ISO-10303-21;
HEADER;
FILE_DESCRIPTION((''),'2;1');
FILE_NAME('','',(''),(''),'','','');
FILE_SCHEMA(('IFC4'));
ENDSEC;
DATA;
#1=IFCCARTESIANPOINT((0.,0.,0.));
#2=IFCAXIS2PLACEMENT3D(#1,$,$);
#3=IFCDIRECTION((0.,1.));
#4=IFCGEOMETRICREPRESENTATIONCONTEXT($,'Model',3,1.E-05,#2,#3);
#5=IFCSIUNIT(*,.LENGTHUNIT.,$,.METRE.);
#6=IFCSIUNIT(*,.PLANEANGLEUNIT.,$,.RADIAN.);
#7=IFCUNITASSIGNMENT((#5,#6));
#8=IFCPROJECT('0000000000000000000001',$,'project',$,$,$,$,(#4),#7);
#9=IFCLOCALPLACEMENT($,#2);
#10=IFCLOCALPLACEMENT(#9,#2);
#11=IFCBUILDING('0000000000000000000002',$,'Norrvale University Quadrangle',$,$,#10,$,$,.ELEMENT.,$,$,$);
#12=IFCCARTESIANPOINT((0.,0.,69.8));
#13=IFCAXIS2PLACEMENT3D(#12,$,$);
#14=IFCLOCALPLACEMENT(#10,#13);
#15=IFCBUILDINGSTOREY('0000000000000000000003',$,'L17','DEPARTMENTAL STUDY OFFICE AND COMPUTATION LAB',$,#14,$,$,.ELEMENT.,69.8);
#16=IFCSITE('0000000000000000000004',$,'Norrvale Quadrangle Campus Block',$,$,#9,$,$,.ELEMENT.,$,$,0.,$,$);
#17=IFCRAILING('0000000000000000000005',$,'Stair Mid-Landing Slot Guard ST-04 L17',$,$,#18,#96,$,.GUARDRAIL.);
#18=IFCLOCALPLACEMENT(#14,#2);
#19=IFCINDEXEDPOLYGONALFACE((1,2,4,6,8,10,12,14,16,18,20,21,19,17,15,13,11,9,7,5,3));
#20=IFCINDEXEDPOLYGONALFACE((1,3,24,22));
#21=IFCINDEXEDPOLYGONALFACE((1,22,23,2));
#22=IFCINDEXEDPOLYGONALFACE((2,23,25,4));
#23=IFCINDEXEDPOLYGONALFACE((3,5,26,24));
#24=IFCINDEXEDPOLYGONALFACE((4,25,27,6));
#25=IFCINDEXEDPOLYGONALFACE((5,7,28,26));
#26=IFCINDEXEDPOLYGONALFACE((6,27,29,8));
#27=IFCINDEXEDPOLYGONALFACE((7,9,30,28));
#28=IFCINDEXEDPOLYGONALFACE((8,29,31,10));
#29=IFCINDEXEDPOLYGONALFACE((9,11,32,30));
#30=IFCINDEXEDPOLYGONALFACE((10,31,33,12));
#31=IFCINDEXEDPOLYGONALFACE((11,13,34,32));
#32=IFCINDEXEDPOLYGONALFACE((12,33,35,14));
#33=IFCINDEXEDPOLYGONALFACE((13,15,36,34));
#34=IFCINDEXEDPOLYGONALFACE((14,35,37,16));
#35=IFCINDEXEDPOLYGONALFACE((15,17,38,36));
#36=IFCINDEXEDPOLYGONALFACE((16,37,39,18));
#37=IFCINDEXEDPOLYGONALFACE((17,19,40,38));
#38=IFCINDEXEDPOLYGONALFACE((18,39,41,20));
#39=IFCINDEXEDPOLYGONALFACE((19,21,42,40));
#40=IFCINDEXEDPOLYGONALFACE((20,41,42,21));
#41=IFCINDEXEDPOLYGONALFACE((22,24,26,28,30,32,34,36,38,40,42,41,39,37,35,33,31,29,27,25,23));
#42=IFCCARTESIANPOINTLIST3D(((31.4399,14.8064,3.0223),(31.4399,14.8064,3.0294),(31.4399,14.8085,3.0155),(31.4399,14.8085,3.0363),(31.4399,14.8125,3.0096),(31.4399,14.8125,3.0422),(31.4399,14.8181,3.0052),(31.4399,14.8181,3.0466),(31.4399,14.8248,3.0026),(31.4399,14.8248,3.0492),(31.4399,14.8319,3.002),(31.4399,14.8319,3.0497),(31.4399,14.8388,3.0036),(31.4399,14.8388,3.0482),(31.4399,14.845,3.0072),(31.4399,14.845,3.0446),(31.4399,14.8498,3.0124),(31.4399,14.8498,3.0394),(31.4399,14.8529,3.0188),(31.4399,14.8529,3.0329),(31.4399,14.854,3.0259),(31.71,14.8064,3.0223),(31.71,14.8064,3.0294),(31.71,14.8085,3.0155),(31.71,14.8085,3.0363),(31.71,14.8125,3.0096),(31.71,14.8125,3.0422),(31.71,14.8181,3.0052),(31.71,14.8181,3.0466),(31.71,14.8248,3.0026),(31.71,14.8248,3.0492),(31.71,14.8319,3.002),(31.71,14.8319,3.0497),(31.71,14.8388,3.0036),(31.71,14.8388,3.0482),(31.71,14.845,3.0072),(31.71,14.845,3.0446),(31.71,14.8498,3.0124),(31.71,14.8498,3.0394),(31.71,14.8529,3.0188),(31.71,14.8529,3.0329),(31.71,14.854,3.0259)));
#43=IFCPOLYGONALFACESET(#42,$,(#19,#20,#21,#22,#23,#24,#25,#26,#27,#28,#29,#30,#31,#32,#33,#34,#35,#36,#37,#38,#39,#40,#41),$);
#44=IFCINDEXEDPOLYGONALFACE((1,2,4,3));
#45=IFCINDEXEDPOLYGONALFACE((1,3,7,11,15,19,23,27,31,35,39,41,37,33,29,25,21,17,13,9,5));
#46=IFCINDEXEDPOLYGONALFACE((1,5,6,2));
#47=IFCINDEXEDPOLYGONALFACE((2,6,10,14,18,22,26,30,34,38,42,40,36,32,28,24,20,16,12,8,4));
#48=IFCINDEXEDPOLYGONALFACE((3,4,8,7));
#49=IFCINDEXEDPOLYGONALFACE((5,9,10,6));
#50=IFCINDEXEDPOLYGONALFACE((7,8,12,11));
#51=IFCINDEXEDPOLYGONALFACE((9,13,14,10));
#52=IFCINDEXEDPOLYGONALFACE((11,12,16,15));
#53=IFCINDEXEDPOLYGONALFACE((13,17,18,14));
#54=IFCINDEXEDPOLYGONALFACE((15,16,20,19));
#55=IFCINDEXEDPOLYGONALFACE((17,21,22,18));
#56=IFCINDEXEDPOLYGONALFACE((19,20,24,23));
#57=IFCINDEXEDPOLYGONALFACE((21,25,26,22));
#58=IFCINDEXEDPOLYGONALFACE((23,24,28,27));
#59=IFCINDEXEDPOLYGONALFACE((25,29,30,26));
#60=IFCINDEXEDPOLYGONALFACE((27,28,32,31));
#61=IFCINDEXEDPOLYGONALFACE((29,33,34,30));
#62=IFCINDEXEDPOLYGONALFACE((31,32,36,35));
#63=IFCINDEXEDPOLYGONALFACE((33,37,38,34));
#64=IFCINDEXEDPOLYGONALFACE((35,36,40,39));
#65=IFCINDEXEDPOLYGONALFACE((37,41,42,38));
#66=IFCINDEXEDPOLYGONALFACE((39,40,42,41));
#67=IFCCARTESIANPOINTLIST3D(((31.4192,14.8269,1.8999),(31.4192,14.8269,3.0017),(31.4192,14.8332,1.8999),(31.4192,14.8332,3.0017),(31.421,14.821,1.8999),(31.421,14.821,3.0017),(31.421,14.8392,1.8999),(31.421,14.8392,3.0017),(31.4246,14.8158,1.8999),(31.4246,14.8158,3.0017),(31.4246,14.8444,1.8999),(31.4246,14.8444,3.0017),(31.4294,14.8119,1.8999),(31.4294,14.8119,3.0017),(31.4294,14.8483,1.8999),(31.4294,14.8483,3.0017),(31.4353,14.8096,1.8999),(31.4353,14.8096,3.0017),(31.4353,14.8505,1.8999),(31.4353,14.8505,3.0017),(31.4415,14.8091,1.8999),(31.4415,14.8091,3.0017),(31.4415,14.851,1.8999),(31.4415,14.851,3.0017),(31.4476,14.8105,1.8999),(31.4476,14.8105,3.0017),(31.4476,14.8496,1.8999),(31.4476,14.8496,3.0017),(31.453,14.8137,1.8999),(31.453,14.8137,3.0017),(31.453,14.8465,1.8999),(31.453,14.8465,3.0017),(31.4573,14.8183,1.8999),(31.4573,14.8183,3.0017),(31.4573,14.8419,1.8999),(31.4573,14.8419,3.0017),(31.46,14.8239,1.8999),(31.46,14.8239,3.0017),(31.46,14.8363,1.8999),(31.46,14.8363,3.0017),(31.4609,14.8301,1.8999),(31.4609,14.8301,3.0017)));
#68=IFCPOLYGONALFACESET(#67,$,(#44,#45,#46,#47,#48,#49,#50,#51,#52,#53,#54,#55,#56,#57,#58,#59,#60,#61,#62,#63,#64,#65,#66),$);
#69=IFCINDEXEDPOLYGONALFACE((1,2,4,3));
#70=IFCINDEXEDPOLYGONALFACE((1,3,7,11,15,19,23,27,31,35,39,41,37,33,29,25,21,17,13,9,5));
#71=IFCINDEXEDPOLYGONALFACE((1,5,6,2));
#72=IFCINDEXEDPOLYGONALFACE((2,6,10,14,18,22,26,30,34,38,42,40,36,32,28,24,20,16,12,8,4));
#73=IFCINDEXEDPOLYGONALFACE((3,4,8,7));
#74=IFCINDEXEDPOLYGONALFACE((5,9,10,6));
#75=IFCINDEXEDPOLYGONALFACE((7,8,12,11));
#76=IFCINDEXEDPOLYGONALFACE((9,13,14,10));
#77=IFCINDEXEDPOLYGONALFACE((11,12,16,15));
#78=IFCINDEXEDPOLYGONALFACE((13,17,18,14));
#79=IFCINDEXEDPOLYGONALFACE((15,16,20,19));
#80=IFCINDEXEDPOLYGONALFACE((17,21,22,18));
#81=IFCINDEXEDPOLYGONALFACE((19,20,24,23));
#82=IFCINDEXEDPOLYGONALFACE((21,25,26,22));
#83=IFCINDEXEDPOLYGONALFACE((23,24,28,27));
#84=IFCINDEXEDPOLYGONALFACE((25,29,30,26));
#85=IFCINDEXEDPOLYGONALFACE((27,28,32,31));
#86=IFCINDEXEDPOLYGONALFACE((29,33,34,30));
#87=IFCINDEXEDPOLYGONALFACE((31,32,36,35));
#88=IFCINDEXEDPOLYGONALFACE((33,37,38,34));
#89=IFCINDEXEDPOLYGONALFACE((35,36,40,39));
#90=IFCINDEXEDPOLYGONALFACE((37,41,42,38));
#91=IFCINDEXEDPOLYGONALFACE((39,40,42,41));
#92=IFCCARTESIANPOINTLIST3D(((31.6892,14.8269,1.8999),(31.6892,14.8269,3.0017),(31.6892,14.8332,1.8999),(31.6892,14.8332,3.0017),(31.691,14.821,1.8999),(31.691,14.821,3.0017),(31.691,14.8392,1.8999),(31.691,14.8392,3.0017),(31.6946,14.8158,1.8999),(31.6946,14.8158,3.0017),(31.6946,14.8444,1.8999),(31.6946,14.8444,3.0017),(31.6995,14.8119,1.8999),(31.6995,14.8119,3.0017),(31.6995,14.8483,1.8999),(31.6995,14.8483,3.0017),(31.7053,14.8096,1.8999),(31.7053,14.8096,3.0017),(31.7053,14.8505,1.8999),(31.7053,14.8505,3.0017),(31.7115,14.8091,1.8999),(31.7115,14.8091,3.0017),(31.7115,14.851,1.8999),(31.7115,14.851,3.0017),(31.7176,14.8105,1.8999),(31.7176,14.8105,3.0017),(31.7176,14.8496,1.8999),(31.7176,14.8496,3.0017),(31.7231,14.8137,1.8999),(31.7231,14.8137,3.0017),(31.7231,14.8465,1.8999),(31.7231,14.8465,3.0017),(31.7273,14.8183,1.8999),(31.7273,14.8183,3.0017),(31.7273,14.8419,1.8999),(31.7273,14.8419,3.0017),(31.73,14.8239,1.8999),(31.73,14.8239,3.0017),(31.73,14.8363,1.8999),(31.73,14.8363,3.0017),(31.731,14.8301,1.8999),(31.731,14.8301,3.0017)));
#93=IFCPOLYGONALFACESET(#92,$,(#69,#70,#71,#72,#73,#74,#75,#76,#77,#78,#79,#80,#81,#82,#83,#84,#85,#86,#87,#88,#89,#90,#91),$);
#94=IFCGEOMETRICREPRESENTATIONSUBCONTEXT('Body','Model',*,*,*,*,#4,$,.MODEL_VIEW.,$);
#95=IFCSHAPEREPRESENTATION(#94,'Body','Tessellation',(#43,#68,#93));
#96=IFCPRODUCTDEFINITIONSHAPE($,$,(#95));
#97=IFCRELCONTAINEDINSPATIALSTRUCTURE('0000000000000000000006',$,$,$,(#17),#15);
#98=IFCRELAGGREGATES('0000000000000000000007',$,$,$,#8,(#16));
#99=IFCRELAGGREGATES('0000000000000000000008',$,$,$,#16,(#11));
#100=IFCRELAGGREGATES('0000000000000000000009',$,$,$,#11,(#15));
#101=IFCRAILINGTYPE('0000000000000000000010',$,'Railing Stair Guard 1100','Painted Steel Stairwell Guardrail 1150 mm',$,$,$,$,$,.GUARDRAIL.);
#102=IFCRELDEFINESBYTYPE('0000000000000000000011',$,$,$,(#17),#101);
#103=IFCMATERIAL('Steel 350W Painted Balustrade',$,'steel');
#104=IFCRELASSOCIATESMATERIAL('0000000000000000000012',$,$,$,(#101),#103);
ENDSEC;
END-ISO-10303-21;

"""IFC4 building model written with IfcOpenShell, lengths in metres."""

from ifc_helpers import new_model, si_unit, direction, frame, origin, origin_2d, place, context, subcontext, project, spatial, circle, extrude, material, type_object, element, save


model = new_model("IFC4")

# Units and contexts
model_context = context("Model", 3, precision=1e-05, world=origin(), true_north=direction((0.0, 1.0)))
body_context = subcontext(model_context, "Body", "Model", "MODEL_VIEW")
ifc_project = project(units=[si_unit("LENGTHUNIT", "METRE"), si_unit("PLANEANGLEUNIT", "RADIAN")], contexts=[model_context])

# Site, building, storey
site_placement = place(None, origin())
site = spatial("IfcSite", under=ifc_project, at=site_placement, Name="Norrvale Quadrangle Campus Block", CompositionType="ELEMENT", RefElevation=0.0)
building_placement = place(site_placement, origin())
building = spatial("IfcBuilding", under=site, at=building_placement, Name="Norrvale University Quadrangle", CompositionType="ELEMENT")
storey_placement = place(building_placement, frame((0.0, 0.0, 69.8)))
storey = spatial("IfcBuildingStorey", under=building, at=storey_placement, Name="L17", Description="DEPARTMENTAL STUDY OFFICE AND COMPUTATION LAB", CompositionType="ELEMENT", Elevation=69.8)

# Railing
ifc_material_1 = material(Name="Steel 350W Painted Balustrade", Category="steel")
railing_type_1 = type_object("IfcRailingType", Name="Railing Stair Guard 1100", Description="Painted Steel Stairwell Guardrail 1150 mm", PredefinedType="GUARDRAIL", material=ifc_material_1)
for number, where, name in (
    (1, (31.4399, 14.8301, 1.8999), "Stair Mid-Landing Slot Guard ST-04 L17"),
):
    element("IfcRailing", number, at=place(storey_placement, frame(where)), inside=storey, type_object=railing_type_1, Name=name, PredefinedType="GUARDRAIL", context=body_context, shape_type="SweptSolid", body=[
        extrude(circle(Radius=0.0239, at=origin_2d()), frame((0.0, 0.0, 1.126), z_axis=(1.0, 0.0, 0.0), x_axis=(0.0, 1.0, 0.0)), (0.0, 0.0, 1.0), 0.27),
        extrude(circle(Radius=0.021, at=origin_2d()), origin(), (0.0, 0.0, 1.0), 1.1018),
        extrude(circle(Radius=0.021, at=origin_2d()), frame((0.27, 0.0, 0.0)), (0.0, 0.0, 1.0), 1.1018),
    ])

save(model, "model.ifc")
